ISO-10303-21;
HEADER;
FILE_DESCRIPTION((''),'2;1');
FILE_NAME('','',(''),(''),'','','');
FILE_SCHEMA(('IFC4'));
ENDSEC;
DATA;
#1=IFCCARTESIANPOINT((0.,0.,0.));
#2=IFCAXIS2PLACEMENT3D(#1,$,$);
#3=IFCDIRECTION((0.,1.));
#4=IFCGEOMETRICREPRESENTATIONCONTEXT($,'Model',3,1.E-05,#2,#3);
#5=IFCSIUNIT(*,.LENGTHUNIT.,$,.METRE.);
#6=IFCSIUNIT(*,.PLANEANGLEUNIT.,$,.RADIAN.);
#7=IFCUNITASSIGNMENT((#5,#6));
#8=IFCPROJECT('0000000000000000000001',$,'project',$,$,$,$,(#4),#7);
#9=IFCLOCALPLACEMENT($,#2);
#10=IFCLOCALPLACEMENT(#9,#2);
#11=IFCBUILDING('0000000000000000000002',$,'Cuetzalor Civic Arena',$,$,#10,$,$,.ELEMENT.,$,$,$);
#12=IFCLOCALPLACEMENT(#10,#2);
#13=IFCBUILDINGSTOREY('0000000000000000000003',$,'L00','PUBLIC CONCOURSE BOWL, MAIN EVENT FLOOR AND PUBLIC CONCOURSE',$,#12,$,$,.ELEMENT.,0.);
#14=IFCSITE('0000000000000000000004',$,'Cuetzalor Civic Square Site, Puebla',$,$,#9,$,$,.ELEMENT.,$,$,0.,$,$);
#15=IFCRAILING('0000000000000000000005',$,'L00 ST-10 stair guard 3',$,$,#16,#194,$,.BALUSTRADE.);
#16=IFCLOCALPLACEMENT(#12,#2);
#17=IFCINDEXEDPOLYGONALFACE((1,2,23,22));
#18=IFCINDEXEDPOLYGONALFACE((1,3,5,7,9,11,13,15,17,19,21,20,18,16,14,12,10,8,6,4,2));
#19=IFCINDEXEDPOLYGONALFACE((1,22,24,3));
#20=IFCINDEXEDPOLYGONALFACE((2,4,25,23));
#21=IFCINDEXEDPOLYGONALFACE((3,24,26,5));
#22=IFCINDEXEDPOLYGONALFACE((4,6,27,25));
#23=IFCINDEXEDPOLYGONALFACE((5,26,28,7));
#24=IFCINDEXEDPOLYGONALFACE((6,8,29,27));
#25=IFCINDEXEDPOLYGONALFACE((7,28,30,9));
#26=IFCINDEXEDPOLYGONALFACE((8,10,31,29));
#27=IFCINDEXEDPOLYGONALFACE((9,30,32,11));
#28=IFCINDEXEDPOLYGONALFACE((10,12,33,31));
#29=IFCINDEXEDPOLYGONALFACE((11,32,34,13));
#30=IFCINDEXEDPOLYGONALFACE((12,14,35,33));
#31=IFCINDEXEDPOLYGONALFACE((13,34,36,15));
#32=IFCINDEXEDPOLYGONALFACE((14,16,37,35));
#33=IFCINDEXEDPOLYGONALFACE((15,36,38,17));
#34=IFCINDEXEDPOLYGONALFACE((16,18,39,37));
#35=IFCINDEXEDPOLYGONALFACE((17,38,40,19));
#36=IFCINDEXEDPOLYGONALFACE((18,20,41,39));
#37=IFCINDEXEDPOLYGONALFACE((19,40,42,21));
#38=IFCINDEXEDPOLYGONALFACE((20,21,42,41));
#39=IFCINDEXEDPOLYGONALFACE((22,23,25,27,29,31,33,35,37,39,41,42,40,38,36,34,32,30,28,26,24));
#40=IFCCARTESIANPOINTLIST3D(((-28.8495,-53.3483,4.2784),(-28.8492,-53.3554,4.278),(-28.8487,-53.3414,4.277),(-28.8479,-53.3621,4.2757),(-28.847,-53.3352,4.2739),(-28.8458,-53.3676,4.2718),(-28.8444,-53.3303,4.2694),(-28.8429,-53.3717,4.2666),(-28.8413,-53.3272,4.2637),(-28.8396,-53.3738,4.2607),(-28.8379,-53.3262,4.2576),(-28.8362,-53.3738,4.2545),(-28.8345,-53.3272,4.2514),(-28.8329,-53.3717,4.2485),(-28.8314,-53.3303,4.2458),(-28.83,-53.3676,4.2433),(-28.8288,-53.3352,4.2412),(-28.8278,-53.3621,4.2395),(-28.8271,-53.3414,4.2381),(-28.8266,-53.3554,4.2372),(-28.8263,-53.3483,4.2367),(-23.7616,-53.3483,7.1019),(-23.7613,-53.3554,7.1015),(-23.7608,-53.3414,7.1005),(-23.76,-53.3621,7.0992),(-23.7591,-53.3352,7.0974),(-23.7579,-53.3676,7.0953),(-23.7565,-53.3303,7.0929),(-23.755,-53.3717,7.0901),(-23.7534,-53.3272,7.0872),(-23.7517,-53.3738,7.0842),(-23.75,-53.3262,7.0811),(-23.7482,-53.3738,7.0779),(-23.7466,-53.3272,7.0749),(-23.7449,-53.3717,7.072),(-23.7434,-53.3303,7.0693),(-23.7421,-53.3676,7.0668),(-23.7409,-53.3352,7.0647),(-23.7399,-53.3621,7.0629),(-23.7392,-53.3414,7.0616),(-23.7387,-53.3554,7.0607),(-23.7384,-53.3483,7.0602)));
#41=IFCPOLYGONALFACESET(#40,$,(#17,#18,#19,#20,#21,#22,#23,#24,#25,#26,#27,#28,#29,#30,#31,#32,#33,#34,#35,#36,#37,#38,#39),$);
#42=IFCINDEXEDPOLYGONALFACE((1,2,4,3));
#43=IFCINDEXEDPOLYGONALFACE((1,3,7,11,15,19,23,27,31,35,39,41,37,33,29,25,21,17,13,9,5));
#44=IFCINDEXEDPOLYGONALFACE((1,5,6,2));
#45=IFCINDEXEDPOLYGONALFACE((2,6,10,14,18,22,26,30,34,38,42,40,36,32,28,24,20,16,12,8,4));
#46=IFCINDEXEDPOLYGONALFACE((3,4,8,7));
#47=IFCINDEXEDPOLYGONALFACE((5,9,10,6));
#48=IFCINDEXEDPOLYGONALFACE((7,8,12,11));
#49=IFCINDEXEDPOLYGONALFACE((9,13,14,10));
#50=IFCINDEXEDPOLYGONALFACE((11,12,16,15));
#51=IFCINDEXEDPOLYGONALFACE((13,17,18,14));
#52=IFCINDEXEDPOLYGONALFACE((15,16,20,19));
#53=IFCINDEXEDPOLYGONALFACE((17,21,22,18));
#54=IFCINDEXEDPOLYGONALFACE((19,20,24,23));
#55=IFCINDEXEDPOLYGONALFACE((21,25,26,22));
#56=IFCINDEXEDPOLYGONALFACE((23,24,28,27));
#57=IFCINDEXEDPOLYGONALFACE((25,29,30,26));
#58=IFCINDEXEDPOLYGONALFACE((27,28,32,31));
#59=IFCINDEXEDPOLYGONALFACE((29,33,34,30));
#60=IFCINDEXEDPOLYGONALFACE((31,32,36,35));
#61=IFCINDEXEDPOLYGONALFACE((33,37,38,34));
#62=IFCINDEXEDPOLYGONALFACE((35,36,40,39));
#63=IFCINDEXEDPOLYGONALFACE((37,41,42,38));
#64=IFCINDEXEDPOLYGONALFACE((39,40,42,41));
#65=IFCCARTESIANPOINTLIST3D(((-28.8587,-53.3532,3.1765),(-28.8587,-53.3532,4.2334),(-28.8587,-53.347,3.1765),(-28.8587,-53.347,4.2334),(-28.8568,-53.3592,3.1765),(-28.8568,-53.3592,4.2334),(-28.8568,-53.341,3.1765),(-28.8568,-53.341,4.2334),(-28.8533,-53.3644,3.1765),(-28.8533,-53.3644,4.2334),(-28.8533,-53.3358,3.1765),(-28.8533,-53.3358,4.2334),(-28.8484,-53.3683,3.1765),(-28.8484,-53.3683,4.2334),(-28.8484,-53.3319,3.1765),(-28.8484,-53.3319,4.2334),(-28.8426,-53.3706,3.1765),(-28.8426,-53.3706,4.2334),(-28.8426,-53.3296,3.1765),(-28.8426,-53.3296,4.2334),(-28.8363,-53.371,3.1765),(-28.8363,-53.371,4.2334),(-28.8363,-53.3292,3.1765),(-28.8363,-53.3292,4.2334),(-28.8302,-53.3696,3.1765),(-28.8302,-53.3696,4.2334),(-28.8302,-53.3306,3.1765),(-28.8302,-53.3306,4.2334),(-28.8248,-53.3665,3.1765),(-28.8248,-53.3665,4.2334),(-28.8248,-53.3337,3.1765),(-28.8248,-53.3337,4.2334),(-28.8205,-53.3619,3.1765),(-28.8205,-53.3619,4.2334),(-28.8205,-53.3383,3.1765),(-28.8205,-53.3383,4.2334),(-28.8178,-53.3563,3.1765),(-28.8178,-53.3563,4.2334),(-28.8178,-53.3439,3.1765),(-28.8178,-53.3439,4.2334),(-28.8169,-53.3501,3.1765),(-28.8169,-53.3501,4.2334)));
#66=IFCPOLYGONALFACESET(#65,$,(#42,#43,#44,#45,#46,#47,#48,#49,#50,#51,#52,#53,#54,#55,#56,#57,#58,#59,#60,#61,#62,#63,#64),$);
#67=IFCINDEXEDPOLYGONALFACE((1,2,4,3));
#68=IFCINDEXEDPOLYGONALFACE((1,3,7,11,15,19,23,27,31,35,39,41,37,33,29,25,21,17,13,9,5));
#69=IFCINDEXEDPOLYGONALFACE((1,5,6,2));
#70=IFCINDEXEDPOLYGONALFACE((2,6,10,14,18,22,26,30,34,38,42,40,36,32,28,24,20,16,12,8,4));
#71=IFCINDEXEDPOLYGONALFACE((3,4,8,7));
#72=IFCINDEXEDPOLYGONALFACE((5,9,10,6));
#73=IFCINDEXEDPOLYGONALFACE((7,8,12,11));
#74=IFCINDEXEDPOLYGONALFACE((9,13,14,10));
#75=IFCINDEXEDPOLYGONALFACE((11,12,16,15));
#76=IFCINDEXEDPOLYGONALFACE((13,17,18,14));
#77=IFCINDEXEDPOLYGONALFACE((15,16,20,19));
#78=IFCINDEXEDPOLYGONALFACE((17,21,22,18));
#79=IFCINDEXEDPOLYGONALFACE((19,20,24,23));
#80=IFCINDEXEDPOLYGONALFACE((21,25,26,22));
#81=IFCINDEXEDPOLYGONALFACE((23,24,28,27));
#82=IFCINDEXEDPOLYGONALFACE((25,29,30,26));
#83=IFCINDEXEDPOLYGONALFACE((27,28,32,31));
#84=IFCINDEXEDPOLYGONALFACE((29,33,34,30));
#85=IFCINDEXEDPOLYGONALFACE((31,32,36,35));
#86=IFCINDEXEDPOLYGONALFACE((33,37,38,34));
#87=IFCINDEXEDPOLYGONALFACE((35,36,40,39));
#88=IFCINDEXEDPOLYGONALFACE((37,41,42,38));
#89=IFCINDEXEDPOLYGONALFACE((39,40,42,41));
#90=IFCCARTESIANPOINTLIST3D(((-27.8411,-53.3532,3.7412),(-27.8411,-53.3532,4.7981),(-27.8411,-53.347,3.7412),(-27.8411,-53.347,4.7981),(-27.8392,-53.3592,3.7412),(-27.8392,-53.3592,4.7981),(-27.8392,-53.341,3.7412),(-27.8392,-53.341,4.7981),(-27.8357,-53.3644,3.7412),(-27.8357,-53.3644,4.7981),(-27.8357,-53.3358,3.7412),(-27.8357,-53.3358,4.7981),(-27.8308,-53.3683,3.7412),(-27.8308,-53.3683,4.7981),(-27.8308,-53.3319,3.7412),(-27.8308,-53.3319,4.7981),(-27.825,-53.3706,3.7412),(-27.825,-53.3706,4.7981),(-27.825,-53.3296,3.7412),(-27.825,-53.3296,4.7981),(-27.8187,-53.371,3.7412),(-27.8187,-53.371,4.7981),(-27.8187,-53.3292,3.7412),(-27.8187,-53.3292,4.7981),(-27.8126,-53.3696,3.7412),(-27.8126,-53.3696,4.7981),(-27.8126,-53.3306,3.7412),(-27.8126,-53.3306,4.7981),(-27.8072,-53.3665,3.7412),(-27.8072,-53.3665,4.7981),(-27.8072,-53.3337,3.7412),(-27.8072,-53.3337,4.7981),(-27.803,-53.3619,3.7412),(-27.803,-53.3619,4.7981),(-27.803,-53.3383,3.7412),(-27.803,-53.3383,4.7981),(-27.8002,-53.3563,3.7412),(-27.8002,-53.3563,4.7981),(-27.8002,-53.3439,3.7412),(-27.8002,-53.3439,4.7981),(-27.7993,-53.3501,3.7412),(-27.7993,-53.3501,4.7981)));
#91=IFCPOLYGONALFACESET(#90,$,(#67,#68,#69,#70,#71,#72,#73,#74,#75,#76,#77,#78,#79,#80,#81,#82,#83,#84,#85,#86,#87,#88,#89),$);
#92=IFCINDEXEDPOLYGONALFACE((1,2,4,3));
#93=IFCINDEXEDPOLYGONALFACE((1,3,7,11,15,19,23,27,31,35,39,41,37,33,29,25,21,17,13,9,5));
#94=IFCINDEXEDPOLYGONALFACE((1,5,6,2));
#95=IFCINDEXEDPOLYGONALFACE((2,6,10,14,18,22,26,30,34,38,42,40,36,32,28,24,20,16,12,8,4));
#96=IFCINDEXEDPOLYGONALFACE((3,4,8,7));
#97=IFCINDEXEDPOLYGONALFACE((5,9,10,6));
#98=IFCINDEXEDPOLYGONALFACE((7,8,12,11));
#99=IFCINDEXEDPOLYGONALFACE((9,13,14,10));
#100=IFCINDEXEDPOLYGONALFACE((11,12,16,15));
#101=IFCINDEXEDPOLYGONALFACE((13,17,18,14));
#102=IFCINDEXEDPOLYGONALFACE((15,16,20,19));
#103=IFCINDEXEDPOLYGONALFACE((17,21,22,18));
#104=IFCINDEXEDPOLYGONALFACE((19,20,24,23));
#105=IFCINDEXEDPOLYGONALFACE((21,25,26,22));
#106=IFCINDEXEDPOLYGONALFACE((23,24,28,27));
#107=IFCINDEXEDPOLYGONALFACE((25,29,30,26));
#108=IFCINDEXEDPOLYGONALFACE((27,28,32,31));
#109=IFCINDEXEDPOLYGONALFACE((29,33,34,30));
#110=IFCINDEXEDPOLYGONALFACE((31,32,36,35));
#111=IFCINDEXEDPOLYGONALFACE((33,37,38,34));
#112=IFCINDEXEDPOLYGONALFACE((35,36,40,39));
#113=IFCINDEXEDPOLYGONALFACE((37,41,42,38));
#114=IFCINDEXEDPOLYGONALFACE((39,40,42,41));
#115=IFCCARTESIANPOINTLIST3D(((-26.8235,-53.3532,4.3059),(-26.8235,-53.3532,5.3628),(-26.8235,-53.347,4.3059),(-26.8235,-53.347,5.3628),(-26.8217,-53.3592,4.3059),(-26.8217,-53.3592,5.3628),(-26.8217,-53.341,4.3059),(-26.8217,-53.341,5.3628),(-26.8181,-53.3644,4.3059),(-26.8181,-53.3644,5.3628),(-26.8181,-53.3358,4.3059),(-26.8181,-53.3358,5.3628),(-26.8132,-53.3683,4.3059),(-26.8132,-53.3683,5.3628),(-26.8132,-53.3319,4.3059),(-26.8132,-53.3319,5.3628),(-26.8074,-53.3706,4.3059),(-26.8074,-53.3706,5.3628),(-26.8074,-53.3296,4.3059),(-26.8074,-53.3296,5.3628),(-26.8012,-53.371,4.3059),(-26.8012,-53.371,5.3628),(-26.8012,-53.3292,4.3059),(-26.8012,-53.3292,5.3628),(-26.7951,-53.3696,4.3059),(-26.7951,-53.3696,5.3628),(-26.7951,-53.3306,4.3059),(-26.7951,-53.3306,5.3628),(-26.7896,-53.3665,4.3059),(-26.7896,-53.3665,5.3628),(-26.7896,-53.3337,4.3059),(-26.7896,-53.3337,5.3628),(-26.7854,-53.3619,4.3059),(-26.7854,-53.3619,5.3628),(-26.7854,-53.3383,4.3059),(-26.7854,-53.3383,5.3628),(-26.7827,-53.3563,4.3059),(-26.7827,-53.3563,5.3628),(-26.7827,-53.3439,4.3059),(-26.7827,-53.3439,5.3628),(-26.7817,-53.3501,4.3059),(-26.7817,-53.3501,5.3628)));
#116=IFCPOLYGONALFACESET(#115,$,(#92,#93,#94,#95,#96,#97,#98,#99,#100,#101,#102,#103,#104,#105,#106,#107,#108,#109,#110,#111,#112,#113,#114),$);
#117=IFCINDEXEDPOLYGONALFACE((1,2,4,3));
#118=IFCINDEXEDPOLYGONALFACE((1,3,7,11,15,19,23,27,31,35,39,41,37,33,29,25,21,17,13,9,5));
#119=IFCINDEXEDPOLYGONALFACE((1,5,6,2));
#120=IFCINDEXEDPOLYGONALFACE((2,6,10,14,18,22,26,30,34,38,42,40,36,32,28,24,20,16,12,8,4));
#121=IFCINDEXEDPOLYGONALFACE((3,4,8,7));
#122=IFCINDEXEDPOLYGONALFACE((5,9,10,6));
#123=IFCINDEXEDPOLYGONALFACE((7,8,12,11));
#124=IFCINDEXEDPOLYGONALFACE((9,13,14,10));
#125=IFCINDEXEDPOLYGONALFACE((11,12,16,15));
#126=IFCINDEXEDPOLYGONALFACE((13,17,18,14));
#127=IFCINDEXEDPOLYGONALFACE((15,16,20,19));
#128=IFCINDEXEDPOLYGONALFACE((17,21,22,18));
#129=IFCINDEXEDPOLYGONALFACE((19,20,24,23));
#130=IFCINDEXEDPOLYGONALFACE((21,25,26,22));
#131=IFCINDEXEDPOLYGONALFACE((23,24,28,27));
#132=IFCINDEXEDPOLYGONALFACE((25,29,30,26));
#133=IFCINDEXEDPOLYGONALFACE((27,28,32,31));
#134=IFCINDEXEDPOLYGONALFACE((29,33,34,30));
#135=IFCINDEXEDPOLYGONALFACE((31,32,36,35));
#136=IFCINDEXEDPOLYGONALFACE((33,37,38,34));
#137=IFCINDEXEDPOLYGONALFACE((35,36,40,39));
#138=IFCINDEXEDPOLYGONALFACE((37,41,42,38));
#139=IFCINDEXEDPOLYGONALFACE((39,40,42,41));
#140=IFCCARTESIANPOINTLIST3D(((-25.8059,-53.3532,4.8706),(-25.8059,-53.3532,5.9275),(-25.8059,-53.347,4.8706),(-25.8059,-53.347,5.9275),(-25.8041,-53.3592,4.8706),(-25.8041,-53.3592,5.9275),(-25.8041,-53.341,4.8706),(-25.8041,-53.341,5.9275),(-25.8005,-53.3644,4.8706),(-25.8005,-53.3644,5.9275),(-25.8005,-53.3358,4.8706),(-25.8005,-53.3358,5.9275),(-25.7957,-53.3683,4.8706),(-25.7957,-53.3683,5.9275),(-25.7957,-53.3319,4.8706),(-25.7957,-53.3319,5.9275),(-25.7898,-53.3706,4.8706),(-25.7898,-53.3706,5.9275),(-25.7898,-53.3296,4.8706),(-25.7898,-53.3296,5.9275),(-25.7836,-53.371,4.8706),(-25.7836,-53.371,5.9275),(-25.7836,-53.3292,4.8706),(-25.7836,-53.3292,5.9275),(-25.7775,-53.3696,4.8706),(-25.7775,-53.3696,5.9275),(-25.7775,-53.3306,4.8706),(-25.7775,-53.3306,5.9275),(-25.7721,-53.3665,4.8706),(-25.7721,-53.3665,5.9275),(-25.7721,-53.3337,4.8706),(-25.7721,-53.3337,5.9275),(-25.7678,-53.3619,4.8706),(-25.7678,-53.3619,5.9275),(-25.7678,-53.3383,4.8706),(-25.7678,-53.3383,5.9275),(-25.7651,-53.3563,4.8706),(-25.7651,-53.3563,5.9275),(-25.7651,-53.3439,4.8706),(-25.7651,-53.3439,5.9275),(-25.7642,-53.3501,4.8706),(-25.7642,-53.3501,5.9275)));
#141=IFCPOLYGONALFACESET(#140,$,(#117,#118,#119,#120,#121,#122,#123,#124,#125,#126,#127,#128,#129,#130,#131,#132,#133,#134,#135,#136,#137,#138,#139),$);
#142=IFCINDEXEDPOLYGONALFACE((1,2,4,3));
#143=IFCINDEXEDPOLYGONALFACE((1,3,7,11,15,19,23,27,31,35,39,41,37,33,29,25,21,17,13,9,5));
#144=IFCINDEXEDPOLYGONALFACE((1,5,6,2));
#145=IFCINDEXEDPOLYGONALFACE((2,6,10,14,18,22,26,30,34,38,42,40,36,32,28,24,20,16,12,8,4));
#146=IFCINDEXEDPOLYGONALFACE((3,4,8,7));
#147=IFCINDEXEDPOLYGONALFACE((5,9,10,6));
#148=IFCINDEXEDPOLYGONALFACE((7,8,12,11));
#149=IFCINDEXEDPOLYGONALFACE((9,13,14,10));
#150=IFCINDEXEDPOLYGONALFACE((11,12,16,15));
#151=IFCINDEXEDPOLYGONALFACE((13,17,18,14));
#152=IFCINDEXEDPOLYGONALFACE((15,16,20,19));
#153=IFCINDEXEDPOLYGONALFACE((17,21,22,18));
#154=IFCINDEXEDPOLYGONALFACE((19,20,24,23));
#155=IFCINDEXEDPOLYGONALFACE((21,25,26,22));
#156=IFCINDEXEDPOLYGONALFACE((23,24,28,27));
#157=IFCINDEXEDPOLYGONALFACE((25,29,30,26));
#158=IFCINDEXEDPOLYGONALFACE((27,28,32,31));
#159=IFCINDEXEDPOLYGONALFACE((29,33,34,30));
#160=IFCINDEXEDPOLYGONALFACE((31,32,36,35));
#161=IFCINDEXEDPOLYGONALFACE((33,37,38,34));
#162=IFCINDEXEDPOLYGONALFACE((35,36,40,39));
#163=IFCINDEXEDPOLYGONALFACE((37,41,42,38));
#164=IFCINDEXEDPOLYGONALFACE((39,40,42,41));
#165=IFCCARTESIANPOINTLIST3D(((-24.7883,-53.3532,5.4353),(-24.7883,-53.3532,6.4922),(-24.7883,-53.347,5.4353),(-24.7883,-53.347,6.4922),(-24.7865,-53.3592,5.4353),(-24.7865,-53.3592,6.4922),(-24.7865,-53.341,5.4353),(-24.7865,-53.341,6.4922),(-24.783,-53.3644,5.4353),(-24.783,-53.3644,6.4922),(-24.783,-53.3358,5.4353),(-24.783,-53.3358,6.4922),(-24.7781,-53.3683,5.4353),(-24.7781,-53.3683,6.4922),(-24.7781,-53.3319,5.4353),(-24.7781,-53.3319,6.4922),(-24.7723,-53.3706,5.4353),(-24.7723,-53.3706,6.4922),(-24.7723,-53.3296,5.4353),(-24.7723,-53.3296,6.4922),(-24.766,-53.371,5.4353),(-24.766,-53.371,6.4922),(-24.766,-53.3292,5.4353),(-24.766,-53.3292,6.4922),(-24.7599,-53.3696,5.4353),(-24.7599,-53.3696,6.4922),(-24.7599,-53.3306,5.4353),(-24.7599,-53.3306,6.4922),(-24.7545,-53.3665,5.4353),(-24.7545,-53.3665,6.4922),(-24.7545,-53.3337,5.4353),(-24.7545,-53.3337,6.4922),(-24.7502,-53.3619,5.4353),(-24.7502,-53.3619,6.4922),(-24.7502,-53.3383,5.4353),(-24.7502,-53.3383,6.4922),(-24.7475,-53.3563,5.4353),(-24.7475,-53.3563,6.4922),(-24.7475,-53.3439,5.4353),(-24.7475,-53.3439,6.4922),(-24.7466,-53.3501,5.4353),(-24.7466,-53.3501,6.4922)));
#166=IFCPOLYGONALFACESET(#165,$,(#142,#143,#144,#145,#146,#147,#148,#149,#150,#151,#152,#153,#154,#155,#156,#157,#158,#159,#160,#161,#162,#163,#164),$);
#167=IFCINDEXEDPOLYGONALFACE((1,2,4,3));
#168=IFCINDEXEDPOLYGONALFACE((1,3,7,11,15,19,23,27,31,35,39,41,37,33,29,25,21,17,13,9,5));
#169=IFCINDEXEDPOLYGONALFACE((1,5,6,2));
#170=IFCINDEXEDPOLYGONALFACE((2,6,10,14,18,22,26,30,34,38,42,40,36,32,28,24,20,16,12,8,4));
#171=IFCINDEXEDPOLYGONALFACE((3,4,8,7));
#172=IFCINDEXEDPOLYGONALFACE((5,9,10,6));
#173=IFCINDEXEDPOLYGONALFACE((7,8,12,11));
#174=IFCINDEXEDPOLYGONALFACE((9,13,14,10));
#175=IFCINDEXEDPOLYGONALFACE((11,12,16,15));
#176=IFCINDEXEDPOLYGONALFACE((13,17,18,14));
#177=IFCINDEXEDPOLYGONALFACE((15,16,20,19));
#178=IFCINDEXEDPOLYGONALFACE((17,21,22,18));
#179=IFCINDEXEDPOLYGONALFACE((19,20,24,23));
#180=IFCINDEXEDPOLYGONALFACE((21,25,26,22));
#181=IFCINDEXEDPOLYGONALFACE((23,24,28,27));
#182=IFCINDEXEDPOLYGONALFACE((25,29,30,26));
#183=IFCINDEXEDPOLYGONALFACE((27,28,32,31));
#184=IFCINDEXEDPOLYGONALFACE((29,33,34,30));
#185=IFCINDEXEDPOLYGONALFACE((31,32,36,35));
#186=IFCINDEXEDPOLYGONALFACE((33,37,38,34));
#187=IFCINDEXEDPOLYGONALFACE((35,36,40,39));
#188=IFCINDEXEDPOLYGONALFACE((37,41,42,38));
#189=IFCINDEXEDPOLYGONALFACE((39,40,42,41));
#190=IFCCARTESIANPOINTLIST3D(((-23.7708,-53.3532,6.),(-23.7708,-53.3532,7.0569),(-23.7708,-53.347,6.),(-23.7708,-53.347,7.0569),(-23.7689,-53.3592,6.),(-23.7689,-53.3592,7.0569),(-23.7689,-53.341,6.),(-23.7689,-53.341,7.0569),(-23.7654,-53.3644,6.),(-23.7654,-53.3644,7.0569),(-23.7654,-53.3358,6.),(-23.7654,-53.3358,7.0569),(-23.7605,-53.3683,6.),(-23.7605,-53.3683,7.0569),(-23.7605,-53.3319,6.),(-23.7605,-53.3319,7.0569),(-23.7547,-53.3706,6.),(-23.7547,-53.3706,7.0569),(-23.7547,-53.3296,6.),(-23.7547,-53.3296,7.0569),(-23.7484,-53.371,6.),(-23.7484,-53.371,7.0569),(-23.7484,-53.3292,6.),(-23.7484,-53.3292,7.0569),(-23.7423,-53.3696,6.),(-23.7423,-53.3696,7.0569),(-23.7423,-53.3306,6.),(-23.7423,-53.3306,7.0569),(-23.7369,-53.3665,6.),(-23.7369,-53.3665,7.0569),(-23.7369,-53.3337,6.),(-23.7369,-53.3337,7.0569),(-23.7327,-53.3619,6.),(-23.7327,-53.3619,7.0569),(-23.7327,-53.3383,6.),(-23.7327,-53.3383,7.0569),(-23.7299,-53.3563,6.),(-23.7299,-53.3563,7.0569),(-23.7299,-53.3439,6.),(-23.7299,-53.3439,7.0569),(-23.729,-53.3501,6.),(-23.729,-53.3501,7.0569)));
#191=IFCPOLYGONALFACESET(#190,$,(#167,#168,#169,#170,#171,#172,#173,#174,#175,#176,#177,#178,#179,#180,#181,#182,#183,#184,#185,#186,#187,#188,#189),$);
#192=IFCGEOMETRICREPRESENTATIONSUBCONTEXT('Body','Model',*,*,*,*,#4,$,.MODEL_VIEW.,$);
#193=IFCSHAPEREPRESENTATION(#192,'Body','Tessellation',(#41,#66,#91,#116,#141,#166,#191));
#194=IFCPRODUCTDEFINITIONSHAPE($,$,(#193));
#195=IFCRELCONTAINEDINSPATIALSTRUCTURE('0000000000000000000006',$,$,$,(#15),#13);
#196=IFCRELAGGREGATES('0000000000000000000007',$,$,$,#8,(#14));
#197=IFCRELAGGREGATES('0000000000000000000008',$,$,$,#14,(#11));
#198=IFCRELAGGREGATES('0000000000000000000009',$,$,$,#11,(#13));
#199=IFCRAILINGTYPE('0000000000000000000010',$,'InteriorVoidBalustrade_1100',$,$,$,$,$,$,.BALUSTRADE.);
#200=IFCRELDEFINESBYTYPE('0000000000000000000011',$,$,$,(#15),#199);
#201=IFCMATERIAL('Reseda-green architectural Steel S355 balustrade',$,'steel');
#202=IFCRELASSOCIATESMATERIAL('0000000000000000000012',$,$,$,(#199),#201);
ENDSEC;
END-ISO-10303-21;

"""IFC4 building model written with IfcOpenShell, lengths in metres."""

from ifc_helpers import new_model, si_unit, direction, frame, origin, origin_2d, place, context, subcontext, project, spatial, circle, extrude, material, type_object, element, save


model = new_model("IFC4")

# Units and contexts
model_context = context("Model", 3, precision=1e-05, world=origin(), true_north=direction((0.0, 1.0)))
body_context = subcontext(model_context, "Body", "Model", "MODEL_VIEW")
ifc_project = project(units=[si_unit("LENGTHUNIT", "METRE"), si_unit("PLANEANGLEUNIT", "RADIAN")], contexts=[model_context])

# Site, building, storey
site_placement = place(None, origin())
site = spatial("IfcSite", under=ifc_project, at=site_placement, Name="Cuetzalor Civic Square Site, Puebla", CompositionType="ELEMENT", RefElevation=0.0)
building_placement = place(site_placement, origin())
building = spatial("IfcBuilding", under=site, at=building_placement, Name="Cuetzalor Civic Arena", CompositionType="ELEMENT")
storey_placement = place(building_placement, origin())
storey = spatial("IfcBuildingStorey", under=building, at=storey_placement, Name="L00", Description="PUBLIC CONCOURSE BOWL, MAIN EVENT FLOOR AND PUBLIC CONCOURSE", CompositionType="ELEMENT", Elevation=0.0)

# Railing
ifc_material_1 = material(Name="Reseda-green architectural Steel S355 balustrade", Category="steel")
railing_type_1 = type_object("IfcRailingType", Name="InteriorVoidBalustrade_1100", PredefinedType="BALUSTRADE", material=ifc_material_1)
railing_1_placement = place(storey_placement, frame((-28.8379, -53.3501, 3.1765)))
element("IfcRailing", 1, at=railing_1_placement, inside=storey, type_object=railing_type_1, Name="L00 ST-10 stair guard 3", PredefinedType="BALUSTRADE", context=body_context, shape_type="SweptSolid", body=[
    extrude(circle(Radius=0.0239, at=origin_2d()), frame((0.0, 0.0, 1.0811), z_axis=(0.874385, 0.0, 0.485233), x_axis=(0.0, 1.0, 0.0)), (0.0, 0.0, 1.0), 5.8188),
    extrude(circle(Radius=0.021, at=origin_2d()), origin(), (0.0, 0.0, 1.0), 1.0569),
    extrude(circle(Radius=0.021, at=origin_2d()), frame((1.0176, 0.0, 0.5647)), (0.0, 0.0, 1.0), 1.0569),
    extrude(circle(Radius=0.021, at=origin_2d()), frame((2.0352, 0.0, 1.1294)), (0.0, 0.0, 1.0), 1.0569),
    extrude(circle(Radius=0.021, at=origin_2d()), frame((3.0527, 0.0, 1.6941)), (0.0, 0.0, 1.0), 1.0569),
    extrude(circle(Radius=0.021, at=origin_2d()), frame((4.0703, 0.0, 2.2588)), (0.0, 0.0, 1.0), 1.0569),
    extrude(circle(Radius=0.021, at=origin_2d()), frame((5.0879, 0.0, 2.8235)), (0.0, 0.0, 1.0), 1.0569),
])

save(model, "model.ifc")
